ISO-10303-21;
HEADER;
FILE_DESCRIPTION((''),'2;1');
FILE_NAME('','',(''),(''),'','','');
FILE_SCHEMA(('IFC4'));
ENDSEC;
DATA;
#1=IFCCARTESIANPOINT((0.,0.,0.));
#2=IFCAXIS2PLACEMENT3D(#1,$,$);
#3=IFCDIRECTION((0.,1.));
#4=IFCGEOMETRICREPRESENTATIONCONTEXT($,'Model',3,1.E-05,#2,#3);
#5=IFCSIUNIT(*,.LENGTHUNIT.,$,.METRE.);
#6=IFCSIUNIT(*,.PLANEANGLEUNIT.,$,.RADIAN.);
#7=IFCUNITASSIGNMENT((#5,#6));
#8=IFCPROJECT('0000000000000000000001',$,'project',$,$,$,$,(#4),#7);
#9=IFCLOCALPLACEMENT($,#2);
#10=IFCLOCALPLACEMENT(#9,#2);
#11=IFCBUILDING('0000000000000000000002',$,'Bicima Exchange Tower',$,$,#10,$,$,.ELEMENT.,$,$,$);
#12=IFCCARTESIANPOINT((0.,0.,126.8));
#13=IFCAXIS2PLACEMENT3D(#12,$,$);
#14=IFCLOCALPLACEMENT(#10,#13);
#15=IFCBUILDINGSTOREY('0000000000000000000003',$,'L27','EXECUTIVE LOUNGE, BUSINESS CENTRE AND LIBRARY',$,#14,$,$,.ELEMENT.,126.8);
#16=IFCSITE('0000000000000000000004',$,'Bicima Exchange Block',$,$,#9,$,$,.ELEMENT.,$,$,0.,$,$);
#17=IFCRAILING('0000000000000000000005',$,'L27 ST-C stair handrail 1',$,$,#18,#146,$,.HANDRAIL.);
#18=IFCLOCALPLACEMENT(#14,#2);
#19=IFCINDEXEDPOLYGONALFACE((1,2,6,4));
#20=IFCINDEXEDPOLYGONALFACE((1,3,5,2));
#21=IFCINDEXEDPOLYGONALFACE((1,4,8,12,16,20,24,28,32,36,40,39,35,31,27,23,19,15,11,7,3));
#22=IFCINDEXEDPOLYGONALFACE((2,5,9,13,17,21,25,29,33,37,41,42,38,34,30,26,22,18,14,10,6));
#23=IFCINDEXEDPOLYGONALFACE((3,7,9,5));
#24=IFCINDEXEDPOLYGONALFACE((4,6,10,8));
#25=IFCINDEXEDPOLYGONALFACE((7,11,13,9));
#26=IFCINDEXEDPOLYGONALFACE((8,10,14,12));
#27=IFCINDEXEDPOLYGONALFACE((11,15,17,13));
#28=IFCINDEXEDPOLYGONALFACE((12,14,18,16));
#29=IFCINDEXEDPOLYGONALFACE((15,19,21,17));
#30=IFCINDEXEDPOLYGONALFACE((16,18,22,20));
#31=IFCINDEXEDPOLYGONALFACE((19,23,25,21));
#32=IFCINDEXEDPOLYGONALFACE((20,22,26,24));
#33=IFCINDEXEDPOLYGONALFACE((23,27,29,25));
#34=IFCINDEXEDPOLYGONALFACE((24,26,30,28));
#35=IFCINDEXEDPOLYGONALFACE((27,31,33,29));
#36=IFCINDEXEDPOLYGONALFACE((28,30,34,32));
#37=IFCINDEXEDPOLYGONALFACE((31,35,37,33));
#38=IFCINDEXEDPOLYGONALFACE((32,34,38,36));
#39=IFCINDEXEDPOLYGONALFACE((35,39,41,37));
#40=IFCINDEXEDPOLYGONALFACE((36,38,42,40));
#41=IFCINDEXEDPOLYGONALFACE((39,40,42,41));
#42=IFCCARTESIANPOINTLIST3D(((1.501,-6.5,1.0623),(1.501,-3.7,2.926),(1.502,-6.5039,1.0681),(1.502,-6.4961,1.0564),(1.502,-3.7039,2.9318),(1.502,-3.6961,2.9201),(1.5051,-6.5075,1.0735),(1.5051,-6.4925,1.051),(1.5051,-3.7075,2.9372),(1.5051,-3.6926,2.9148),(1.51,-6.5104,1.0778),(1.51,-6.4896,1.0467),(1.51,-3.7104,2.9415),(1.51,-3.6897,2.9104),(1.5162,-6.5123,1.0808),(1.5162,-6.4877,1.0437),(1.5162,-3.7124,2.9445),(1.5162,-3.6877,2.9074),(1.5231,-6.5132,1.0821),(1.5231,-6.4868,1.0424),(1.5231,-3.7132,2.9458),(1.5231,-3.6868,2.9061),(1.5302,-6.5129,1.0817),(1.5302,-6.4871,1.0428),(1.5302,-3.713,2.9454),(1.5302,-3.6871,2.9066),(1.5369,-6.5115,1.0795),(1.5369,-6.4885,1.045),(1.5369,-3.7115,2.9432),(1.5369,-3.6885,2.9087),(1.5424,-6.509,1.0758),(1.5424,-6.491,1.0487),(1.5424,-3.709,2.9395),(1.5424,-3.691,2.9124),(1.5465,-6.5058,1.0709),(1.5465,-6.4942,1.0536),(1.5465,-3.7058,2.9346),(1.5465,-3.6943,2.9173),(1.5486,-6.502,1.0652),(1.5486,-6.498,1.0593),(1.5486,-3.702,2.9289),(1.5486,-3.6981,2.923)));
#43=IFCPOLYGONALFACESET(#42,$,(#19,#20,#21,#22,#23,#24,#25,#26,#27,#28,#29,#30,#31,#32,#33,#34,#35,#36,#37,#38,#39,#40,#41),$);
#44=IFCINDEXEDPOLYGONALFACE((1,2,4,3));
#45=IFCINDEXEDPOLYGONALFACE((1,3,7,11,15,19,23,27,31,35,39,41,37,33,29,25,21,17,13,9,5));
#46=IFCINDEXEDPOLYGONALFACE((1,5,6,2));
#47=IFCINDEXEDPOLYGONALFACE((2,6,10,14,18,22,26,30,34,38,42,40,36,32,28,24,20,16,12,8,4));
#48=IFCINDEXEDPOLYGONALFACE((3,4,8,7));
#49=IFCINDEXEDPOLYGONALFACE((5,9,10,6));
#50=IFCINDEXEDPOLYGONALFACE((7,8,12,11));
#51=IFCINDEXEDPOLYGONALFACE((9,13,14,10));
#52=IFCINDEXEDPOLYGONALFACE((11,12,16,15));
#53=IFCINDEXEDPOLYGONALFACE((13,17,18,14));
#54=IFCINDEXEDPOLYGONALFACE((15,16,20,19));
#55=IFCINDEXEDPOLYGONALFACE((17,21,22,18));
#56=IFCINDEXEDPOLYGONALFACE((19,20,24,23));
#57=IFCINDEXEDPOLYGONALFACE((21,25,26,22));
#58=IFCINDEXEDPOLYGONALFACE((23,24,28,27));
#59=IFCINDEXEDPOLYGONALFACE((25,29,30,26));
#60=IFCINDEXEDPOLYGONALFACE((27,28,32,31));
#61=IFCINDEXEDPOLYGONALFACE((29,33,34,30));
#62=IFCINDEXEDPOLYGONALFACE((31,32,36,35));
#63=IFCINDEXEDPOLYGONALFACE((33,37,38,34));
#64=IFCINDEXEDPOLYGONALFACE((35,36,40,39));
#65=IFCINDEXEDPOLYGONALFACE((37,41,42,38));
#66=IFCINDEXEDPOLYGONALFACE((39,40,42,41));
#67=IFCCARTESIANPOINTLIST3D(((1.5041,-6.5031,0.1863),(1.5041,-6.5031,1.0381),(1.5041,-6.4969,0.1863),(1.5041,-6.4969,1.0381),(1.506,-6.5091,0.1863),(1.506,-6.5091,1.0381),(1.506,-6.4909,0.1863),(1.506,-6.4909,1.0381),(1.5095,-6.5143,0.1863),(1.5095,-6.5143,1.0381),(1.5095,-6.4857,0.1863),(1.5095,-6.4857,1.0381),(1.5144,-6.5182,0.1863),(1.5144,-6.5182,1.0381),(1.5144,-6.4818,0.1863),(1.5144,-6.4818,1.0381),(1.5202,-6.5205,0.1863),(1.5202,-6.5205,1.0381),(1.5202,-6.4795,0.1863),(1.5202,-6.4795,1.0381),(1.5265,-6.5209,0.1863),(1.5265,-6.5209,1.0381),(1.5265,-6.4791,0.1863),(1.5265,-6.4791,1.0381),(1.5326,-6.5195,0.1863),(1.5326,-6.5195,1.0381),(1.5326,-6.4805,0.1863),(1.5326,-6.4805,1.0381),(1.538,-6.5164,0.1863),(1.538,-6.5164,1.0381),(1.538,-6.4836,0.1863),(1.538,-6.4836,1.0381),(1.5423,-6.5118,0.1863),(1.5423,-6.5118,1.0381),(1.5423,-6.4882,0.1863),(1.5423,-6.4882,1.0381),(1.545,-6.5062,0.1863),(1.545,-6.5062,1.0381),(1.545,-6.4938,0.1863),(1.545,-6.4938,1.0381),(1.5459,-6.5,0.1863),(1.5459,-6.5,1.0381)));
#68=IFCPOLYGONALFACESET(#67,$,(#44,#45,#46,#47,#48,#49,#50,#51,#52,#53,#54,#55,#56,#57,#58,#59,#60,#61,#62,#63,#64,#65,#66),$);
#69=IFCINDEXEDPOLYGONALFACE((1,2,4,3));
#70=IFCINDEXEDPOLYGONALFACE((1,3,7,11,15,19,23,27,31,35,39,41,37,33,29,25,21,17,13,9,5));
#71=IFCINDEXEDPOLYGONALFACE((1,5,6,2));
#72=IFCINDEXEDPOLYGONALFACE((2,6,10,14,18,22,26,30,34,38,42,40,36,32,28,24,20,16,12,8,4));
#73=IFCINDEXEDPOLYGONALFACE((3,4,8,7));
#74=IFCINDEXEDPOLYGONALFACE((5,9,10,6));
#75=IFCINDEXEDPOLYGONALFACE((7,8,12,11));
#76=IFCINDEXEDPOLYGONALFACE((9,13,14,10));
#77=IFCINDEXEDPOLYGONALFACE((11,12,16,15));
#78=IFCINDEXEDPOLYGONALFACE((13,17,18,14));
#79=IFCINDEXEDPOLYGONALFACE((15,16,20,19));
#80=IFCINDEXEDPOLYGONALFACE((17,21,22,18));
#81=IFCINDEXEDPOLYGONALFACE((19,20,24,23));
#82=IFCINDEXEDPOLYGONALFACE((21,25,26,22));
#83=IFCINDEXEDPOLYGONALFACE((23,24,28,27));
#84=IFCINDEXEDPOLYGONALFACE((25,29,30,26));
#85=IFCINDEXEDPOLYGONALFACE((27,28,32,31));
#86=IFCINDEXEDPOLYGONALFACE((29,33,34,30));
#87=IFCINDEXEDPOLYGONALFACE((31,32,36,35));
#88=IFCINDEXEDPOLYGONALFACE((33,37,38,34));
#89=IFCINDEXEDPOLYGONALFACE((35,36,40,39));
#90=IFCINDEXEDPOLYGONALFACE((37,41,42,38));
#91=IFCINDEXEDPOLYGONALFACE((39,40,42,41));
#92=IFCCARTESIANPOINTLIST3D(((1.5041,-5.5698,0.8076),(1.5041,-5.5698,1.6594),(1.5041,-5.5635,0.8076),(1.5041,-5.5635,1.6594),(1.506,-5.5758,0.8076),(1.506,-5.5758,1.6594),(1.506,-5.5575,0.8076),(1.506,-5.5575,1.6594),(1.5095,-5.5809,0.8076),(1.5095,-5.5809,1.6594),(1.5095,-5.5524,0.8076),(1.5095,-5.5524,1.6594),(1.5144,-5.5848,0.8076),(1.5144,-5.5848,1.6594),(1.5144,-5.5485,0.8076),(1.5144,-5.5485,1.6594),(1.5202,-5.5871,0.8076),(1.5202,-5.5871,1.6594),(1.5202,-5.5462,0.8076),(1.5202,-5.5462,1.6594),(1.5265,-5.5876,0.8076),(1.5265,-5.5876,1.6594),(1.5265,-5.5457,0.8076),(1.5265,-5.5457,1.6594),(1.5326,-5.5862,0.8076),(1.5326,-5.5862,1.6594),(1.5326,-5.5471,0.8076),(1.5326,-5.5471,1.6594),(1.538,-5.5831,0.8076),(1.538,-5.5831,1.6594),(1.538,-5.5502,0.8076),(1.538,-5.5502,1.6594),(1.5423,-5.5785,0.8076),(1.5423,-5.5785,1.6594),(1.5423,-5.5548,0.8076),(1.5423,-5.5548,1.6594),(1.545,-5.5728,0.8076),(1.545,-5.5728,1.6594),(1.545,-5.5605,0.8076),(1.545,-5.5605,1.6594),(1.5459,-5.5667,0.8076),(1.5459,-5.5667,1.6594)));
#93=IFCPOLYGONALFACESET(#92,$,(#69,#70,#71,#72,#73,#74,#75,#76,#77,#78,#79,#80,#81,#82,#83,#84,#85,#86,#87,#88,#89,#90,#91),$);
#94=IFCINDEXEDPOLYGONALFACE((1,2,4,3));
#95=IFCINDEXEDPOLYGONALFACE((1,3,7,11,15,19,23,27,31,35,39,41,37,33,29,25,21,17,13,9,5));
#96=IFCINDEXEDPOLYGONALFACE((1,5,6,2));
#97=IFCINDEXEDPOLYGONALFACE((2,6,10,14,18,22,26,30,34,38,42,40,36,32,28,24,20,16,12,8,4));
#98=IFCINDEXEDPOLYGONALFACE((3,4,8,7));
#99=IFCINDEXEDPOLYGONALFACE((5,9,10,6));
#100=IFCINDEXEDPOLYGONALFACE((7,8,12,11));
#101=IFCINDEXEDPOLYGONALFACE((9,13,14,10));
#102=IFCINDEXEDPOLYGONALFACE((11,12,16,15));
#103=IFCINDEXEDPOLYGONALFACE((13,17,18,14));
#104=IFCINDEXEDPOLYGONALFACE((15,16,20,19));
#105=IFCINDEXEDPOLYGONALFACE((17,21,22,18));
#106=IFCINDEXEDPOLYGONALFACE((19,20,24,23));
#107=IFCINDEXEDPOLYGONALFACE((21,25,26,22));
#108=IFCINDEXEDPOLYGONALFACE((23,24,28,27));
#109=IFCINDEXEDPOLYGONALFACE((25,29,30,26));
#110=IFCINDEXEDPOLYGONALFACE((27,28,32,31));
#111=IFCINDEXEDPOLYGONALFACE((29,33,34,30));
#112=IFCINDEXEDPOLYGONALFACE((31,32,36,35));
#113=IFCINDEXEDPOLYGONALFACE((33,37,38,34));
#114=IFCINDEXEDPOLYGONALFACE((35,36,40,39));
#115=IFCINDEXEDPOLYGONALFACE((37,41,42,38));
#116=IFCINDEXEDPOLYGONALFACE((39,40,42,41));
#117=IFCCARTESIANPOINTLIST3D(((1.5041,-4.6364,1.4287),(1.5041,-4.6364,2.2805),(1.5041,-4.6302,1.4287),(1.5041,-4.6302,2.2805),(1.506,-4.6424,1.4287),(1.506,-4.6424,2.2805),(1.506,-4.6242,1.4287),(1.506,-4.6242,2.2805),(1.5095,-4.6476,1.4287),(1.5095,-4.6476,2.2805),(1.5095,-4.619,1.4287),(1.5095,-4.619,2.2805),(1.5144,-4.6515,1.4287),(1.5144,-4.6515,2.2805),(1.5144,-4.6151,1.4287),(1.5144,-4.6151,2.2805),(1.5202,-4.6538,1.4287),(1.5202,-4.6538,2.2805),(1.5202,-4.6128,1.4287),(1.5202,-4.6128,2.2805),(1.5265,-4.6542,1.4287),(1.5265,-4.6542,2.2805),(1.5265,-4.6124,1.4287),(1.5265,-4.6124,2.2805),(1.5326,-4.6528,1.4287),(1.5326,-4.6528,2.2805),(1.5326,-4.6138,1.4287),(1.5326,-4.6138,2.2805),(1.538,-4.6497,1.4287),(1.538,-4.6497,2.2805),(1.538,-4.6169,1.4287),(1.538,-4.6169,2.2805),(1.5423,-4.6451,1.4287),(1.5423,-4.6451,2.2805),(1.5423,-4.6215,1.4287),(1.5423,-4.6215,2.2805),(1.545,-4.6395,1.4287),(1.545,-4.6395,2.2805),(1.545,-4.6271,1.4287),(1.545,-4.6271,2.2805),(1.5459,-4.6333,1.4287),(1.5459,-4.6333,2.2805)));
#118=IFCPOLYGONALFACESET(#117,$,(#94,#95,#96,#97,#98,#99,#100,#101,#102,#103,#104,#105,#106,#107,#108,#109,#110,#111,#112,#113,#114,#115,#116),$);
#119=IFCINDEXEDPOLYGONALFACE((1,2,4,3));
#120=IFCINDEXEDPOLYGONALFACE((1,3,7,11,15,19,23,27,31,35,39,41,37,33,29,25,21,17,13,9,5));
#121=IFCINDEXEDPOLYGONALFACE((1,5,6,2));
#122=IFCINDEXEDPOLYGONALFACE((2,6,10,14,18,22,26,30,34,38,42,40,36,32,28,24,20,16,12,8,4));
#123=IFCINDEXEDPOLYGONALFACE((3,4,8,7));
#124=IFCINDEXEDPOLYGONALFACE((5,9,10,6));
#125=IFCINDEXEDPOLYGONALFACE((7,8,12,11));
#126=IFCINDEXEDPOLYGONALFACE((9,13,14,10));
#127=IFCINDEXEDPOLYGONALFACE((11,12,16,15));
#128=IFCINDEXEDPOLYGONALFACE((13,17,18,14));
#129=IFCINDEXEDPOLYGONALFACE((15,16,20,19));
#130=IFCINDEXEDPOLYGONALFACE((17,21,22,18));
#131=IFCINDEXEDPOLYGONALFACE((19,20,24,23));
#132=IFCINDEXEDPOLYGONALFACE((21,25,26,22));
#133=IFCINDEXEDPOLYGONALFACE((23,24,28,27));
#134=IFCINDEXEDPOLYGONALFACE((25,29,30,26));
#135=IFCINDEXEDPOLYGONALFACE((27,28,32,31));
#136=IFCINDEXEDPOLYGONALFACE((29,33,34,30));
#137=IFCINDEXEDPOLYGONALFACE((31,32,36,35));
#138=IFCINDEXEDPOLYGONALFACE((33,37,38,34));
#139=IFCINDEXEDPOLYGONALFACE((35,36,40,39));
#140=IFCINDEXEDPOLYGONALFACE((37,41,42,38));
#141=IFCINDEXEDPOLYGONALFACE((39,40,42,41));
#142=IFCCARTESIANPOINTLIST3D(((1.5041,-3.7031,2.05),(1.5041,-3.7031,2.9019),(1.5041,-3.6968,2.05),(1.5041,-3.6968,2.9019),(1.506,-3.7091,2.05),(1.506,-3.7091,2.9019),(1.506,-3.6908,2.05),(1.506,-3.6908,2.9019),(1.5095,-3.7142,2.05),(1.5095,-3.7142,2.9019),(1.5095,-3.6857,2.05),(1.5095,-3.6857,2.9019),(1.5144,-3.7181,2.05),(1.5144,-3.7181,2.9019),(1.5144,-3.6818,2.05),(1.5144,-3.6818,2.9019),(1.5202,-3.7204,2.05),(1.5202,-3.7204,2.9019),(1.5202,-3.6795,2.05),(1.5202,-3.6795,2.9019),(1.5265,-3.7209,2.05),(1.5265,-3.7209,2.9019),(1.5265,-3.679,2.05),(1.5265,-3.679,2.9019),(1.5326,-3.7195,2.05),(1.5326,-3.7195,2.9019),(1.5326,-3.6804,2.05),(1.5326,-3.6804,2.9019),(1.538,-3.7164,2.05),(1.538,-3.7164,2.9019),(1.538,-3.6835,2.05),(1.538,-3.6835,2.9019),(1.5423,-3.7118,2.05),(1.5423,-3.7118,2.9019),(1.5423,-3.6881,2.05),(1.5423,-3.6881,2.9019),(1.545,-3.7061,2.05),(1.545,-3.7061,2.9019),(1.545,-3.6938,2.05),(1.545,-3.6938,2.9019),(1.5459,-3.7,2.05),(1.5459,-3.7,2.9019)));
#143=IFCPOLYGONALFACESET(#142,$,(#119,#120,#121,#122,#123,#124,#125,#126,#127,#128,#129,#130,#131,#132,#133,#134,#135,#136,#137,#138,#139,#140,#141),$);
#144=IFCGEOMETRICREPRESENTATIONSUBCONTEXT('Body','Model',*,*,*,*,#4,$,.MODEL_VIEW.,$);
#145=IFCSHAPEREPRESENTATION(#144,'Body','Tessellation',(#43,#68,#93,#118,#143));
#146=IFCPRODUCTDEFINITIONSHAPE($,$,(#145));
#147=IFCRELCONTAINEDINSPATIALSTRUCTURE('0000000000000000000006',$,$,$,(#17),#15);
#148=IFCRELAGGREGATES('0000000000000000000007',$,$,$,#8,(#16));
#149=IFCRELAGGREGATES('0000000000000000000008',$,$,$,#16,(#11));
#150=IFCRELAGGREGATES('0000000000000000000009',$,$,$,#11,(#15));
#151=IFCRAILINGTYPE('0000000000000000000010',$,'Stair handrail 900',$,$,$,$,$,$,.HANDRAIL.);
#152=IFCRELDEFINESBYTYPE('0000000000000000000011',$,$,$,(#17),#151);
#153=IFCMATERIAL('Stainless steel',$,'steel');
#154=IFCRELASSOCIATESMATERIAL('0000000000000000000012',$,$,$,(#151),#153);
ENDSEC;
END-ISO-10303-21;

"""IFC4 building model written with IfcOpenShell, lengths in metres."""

from ifc_helpers import new_model, si_unit, direction, frame, origin, origin_2d, place, context, subcontext, project, spatial, circle, extrude, material, type_object, element, save


model = new_model("IFC4")

# Units and contexts
model_context = context("Model", 3, precision=1e-05, world=origin(), true_north=direction((0.0, 1.0)))
body_context = subcontext(model_context, "Body", "Model", "MODEL_VIEW")
ifc_project = project(units=[si_unit("LENGTHUNIT", "METRE"), si_unit("PLANEANGLEUNIT", "RADIAN")], contexts=[model_context])

# Site, building, storey
site_placement = place(None, origin())
site = spatial("IfcSite", under=ifc_project, at=site_placement, Name="Bicima Exchange Block", CompositionType="ELEMENT", RefElevation=0.0)
building_placement = place(site_placement, origin())
building = spatial("IfcBuilding", under=site, at=building_placement, Name="Bicima Exchange Tower", CompositionType="ELEMENT")
storey_placement = place(building_placement, frame((0.0, 0.0, 126.8)))
storey = spatial("IfcBuildingStorey", under=building, at=storey_placement, Name="L27", Description="EXECUTIVE LOUNGE, BUSINESS CENTRE AND LIBRARY", CompositionType="ELEMENT", Elevation=126.8)

# Shared definitions
ifc_material_1 = material(Name="Stainless steel", Category="steel")

# Railing
railing_type_1 = type_object("IfcRailingType", Name="Stair handrail 900", PredefinedType="HANDRAIL", material=ifc_material_1)
railing_1_placement = place(storey_placement, frame((1.5249, -6.5, 0.1863)))
element("IfcRailing", 1, at=railing_1_placement, inside=storey, type_object=railing_type_1, Name="L27 ST-C stair handrail 1", PredefinedType="HANDRAIL", context=body_context, shape_type="SweptSolid", body=[
    extrude(circle(Radius=0.0239, at=origin_2d()), frame((0.0, 0.0, 0.876), z_axis=(0.0, 0.832452, 0.554097), x_axis=(-1.0, 0.0, 0.0)), (0.0, 0.0, 1.0), 3.3635),
    extrude(circle(Radius=0.021, at=origin_2d()), origin(), (0.0, 0.0, 1.0), 0.8518),
    extrude(circle(Radius=0.021, at=origin_2d()), frame((0.0, 0.9333, 0.6213)), (0.0, 0.0, 1.0), 0.8518),
    extrude(circle(Radius=0.021, at=origin_2d()), frame((0.0, 1.8667, 1.2424)), (0.0, 0.0, 1.0), 0.8518),
    extrude(circle(Radius=0.021, at=origin_2d()), frame((0.0, 2.8, 1.8638)), (0.0, 0.0, 1.0), 0.8518),
])

save(model, "model.ifc")
